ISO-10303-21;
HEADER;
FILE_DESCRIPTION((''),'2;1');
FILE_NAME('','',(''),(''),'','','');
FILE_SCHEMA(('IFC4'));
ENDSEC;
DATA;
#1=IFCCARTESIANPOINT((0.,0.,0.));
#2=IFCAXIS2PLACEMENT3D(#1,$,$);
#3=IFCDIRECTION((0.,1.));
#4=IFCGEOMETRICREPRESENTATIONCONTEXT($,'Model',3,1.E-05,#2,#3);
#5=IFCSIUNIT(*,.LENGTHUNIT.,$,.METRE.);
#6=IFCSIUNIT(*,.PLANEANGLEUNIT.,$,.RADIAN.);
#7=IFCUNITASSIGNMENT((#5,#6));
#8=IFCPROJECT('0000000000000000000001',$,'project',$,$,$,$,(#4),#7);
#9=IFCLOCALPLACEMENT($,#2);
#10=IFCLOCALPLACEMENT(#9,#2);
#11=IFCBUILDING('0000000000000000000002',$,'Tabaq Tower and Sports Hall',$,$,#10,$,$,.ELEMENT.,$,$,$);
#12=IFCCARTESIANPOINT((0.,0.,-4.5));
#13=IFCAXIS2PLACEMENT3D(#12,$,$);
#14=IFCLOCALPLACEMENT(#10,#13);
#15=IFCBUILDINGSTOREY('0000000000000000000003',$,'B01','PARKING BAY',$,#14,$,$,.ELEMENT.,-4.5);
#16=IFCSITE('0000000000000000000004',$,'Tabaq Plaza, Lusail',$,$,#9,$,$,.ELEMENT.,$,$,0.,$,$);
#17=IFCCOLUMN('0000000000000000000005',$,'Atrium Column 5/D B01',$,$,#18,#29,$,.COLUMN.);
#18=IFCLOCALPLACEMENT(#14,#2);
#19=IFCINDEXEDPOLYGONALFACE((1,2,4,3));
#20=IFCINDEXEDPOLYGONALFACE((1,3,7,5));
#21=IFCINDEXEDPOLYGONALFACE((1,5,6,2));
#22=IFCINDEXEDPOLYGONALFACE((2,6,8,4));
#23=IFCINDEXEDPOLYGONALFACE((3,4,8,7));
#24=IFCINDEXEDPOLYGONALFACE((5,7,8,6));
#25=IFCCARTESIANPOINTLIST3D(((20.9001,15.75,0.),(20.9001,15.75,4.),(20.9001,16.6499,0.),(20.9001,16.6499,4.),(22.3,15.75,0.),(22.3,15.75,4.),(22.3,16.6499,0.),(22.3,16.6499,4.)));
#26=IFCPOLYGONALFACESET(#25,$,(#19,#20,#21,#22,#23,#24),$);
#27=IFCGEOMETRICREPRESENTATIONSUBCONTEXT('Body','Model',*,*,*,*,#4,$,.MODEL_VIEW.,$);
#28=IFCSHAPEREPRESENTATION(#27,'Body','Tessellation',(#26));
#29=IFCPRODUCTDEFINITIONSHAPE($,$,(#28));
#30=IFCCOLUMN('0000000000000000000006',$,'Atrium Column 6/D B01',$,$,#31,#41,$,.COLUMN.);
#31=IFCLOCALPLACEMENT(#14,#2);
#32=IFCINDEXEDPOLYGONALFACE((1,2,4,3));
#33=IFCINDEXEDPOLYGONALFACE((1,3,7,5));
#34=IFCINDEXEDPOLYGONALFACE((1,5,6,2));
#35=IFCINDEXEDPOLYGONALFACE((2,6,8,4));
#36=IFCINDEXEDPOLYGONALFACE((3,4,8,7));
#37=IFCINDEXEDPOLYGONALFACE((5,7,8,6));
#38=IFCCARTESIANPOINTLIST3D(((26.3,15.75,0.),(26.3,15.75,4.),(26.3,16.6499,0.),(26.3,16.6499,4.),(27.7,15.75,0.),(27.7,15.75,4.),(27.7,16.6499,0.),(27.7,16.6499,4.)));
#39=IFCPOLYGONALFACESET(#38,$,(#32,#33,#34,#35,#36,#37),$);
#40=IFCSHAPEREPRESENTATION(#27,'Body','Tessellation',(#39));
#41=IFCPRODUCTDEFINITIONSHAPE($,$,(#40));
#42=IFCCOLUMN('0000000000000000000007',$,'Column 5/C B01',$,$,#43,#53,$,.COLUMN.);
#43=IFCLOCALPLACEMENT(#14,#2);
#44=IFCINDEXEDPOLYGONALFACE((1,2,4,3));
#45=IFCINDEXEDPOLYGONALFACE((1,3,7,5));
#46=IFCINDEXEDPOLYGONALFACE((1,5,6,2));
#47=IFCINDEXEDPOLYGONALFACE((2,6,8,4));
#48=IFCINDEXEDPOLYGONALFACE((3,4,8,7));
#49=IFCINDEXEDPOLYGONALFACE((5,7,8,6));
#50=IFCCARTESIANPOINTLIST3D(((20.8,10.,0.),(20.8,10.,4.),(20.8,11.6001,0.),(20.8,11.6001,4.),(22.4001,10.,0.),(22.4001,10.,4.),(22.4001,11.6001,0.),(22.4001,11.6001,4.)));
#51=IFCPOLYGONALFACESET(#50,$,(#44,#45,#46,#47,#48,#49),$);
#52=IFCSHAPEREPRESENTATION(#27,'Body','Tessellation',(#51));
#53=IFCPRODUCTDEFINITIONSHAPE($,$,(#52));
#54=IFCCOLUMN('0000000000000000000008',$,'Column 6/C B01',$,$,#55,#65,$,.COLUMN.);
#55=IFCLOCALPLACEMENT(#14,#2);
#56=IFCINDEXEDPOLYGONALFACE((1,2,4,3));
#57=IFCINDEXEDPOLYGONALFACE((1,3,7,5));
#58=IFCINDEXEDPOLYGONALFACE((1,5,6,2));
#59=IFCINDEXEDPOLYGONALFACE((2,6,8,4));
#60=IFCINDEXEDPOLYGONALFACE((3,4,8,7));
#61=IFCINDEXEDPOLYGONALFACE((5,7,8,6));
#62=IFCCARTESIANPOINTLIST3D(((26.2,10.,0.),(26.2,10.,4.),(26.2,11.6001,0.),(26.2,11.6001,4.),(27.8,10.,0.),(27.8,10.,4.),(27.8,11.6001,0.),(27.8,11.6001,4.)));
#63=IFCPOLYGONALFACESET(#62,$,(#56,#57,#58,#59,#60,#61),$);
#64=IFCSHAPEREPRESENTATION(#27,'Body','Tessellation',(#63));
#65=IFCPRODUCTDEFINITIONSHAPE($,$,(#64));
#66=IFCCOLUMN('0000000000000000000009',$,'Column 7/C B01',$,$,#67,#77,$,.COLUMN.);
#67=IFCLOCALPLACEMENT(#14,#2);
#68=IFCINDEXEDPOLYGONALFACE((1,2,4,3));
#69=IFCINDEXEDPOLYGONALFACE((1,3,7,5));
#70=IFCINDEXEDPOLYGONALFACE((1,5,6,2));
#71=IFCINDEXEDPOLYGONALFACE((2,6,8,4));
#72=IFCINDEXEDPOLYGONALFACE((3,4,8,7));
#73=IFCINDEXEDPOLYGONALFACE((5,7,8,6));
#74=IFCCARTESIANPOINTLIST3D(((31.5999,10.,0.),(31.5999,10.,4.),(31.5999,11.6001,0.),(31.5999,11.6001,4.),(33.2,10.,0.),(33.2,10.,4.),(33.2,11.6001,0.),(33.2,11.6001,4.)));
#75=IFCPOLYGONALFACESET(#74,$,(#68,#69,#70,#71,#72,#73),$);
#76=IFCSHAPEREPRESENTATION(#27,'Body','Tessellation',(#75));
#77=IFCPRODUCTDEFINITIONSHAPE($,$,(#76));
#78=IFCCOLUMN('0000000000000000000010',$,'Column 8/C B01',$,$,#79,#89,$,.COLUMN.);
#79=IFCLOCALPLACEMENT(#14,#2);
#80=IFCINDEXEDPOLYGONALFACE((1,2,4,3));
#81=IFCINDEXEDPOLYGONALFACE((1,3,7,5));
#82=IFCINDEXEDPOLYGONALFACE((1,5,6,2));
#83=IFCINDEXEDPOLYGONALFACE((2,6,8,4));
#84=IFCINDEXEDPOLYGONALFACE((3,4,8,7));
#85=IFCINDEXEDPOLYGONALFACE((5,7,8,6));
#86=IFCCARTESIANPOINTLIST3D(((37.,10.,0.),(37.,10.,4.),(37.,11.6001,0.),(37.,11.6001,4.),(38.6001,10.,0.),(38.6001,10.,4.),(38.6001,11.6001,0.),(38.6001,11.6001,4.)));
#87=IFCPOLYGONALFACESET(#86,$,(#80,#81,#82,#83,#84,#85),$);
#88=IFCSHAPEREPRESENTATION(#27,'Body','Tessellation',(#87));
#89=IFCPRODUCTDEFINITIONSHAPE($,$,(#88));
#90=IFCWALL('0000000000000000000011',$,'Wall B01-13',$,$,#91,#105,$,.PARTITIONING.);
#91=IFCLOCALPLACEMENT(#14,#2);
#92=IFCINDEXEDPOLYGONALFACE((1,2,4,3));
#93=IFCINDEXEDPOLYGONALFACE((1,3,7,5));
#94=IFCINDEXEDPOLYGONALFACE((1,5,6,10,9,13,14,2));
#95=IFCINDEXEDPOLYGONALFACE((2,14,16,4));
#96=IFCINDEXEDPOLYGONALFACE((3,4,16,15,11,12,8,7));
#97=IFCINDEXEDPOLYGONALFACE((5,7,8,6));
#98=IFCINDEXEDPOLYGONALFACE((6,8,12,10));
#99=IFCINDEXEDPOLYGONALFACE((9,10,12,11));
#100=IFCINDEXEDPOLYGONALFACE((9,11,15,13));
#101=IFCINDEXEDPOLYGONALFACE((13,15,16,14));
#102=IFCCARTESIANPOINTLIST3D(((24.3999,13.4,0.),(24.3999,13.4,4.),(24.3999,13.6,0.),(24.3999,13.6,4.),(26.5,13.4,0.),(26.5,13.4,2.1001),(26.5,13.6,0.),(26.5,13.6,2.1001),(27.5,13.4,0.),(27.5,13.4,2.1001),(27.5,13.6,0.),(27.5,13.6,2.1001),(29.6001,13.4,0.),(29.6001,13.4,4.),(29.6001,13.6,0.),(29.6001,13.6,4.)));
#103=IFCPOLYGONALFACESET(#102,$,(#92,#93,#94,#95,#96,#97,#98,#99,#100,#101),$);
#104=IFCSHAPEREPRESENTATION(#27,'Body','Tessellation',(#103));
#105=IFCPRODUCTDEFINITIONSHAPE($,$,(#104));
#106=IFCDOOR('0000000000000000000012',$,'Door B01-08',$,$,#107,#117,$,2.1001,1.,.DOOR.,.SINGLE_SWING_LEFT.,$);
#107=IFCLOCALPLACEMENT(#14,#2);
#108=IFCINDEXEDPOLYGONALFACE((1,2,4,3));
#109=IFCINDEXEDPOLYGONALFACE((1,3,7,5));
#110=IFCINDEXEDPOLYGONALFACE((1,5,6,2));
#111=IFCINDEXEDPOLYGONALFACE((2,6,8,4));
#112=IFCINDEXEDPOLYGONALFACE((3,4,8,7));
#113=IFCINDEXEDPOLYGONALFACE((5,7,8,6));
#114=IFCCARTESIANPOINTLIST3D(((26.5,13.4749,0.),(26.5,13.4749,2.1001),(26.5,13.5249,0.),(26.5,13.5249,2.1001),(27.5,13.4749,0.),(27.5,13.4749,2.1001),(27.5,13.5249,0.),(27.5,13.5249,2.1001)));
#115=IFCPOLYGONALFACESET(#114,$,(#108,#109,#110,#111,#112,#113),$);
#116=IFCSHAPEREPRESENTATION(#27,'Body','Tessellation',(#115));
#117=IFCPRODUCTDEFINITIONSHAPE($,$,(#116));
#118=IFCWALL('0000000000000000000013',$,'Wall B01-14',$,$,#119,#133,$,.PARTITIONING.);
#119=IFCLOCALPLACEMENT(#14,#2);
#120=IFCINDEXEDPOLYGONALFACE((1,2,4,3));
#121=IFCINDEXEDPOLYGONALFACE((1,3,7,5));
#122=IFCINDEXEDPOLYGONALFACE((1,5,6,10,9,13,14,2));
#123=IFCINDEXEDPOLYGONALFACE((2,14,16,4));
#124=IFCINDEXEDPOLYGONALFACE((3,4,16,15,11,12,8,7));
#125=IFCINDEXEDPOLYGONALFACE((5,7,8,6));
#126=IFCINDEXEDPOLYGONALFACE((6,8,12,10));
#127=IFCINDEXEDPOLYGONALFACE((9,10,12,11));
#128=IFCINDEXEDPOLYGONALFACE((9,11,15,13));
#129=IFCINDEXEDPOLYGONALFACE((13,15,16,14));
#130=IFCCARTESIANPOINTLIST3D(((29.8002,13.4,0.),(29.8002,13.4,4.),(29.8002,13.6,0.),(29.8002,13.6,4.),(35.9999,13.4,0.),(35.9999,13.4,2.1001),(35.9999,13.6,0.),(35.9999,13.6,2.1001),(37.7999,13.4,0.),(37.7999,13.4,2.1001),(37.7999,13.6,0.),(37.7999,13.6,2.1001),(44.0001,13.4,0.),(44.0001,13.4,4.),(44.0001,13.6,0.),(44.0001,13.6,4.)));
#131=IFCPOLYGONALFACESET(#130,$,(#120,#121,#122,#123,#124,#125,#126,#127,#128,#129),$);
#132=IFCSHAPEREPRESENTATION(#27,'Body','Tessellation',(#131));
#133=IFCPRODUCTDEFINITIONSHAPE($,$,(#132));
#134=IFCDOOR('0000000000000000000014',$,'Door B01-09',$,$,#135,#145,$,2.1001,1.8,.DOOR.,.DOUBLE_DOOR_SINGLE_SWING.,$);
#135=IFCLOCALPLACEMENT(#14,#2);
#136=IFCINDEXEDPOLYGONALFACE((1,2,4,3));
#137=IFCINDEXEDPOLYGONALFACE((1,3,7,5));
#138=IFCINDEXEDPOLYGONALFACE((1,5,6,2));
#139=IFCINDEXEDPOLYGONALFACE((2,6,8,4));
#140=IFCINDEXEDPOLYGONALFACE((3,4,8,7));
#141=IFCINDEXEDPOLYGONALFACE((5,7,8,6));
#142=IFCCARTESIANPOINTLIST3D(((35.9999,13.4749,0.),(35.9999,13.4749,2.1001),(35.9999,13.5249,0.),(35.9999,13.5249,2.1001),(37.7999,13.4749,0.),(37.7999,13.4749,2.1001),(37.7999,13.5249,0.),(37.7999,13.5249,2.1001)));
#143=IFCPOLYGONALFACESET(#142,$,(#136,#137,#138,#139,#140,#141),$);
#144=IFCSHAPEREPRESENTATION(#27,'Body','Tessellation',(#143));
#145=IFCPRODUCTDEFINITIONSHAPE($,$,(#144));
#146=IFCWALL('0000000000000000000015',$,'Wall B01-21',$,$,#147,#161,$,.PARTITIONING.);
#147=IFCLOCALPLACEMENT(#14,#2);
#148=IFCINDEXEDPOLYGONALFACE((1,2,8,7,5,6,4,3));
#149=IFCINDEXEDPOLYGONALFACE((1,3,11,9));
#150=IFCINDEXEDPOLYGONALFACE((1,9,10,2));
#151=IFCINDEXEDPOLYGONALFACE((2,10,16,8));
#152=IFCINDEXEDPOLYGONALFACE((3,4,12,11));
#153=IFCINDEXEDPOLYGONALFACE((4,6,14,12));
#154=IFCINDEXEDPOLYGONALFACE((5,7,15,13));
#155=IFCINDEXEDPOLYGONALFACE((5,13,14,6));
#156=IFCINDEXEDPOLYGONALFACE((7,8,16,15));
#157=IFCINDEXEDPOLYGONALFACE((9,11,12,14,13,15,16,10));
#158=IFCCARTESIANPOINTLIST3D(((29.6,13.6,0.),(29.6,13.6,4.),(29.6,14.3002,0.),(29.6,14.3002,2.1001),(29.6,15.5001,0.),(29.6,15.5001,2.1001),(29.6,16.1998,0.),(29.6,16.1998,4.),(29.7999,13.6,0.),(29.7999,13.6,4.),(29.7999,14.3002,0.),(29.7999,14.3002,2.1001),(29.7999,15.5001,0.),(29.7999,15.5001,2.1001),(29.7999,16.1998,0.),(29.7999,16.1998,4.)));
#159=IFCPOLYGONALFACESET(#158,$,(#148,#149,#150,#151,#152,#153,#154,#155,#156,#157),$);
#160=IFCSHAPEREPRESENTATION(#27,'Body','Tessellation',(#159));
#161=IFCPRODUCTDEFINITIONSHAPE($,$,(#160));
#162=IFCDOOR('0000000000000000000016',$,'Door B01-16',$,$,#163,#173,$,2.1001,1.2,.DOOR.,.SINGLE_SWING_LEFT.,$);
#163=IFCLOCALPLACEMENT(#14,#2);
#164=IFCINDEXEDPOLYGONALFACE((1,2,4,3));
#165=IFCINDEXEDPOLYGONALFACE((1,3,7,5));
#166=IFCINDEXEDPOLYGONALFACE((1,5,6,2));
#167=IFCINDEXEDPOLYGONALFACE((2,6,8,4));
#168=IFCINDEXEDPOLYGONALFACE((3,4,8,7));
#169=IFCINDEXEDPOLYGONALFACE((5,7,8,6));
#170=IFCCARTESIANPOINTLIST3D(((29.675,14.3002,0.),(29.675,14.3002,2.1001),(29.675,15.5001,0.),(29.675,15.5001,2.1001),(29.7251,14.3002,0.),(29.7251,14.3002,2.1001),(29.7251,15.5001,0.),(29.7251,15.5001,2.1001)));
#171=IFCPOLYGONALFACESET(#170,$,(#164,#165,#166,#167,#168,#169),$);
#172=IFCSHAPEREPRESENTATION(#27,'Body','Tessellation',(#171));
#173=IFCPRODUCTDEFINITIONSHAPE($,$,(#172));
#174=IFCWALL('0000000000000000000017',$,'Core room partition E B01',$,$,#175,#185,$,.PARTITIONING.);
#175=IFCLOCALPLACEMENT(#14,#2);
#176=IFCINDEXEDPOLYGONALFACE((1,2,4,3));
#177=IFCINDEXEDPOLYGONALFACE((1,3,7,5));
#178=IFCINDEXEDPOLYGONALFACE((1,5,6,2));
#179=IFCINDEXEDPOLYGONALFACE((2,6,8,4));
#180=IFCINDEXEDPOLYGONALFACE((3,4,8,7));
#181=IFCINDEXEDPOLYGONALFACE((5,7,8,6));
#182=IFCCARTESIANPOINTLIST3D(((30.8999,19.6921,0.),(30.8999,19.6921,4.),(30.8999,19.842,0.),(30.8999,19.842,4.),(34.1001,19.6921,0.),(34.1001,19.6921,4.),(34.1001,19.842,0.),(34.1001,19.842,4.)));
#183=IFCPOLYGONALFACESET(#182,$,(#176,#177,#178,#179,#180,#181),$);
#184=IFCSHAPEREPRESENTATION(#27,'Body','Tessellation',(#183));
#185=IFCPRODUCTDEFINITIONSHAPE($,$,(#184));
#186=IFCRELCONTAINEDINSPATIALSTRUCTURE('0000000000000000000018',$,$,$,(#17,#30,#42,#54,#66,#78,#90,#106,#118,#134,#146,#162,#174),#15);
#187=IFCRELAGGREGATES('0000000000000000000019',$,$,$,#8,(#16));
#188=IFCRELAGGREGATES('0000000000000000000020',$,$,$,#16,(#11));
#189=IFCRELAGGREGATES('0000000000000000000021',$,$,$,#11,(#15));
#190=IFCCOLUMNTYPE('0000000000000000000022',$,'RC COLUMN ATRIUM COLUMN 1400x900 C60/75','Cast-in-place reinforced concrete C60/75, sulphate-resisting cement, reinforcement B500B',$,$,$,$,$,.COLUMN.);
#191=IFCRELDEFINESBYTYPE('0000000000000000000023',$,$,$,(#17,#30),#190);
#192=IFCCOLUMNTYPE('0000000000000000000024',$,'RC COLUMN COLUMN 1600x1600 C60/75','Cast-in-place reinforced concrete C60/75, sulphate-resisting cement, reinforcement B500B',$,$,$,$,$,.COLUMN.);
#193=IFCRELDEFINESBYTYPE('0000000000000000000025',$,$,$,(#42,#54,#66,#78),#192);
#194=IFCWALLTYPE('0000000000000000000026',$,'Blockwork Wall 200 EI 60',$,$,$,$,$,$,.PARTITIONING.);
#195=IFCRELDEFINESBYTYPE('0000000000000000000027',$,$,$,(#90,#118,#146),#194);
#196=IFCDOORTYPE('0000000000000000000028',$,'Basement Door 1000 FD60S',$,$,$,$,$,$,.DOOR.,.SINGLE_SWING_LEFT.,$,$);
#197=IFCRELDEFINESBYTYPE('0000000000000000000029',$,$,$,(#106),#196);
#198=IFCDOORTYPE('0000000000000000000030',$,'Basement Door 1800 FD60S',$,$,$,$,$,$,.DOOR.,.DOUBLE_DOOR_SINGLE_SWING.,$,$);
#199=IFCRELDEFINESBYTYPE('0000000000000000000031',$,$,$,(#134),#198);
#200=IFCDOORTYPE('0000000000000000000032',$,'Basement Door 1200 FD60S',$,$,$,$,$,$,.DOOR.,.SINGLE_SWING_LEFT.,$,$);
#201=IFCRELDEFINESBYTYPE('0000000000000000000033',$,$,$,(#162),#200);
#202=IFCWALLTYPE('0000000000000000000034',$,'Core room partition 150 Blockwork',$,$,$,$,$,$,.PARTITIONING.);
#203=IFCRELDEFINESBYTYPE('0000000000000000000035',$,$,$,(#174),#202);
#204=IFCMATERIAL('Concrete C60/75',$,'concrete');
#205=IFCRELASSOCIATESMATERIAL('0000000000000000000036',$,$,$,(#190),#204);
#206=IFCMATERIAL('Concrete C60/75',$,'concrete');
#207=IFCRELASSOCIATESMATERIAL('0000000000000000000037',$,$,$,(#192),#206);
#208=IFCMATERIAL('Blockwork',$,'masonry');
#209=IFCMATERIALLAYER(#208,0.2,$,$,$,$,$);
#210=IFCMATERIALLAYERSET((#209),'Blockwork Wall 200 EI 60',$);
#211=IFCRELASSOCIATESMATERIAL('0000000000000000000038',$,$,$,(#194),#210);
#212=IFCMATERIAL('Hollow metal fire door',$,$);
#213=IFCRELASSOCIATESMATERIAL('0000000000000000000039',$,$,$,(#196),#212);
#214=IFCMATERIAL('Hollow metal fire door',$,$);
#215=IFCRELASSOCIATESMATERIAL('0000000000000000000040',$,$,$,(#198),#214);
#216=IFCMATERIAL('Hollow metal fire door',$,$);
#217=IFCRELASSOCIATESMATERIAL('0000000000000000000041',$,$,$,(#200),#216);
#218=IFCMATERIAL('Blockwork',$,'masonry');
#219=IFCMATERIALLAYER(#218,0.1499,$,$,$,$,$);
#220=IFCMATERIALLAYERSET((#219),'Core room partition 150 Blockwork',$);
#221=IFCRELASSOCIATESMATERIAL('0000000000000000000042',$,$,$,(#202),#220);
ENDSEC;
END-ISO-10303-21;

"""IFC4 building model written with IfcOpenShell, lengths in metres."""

from ifc_helpers import new_model, si_unit, direction, frame, frame_2d, origin, origin_2d, place, context, subcontext, project, spatial, rectangle, extrude, material, layer, layer_set, material_profile, profile_set, type_object, element, fill, save


model = new_model("IFC4")

# Units and contexts
model_context = context("Model", 3, precision=1e-05, world=origin(), true_north=direction((0.0, 1.0)))
body_context = subcontext(model_context, "Body", "Model", "MODEL_VIEW")
ifc_project = project(units=[si_unit("LENGTHUNIT", "METRE"), si_unit("PLANEANGLEUNIT", "RADIAN")], contexts=[model_context])

# Site, building, storey
site_placement = place(None, origin())
site = spatial("IfcSite", under=ifc_project, at=site_placement, Name="Tabaq Plaza, Lusail", CompositionType="ELEMENT", RefElevation=0.0)
building_placement = place(site_placement, origin())
building = spatial("IfcBuilding", under=site, at=building_placement, Name="Tabaq Tower and Sports Hall", CompositionType="ELEMENT")
storey_placement = place(building_placement, frame((0.0, 0.0, -4.5)))
storey = spatial("IfcBuildingStorey", under=building, at=storey_placement, Name="B01", Description="PARKING BAY", CompositionType="ELEMENT", Elevation=-4.5)

# Columns
ifc_material_1 = material(Name="Concrete C60/75", Category="concrete")
ifc_material_profile_1 = material_profile(ifc_material_1, rectangle(XDim=1.3999, YDim=0.8999, at=origin_2d()), Name="ATRIUM COLUMN 1400x900")
ifc_profile_set_1 = profile_set([ifc_material_profile_1], Name="Concrete C60/75")
column_type_1 = type_object("IfcColumnType", Name="RC COLUMN ATRIUM COLUMN 1400x900 C60/75", Description="Cast-in-place reinforced concrete C60/75, sulphate-resisting cement, reinforcement B500B", PredefinedType="COLUMN", material=ifc_profile_set_1)
for number, where, z_axis, x_axis, name in (
    (1, (21.6001, 16.2, 0.0), (0.0, 0.0, 1.0), (1.0, 0.0, 0.0), "Atrium Column 5/D B01"),
    (2, (27.0, 16.2, 0.0), (0.0, 0.0, 1.0), (1.0, 0.0, 0.0), "Atrium Column 6/D B01"),
):
    element("IfcColumn", number, at=place(storey_placement, frame(where, z_axis=z_axis, x_axis=x_axis)), inside=storey, type_object=column_type_1, Name=name, PredefinedType="COLUMN", context=body_context, shape_type="SweptSolid", body=[
        extrude(rectangle(XDim=1.3999, YDim=0.8999, at=origin_2d()), origin(), (0.0, 0.0, 1.0), 4.0),
    ])
ifc_material_2 = material(Name="Concrete C60/75", Category="concrete")
ifc_material_profile_2 = material_profile(ifc_material_2, rectangle(XDim=1.6001, YDim=1.6001, at=origin_2d()), Name="COLUMN 1600x1600")
ifc_profile_set_2 = profile_set([ifc_material_profile_2], Name="Concrete C60/75")
column_type_2 = type_object("IfcColumnType", Name="RC COLUMN COLUMN 1600x1600 C60/75", Description="Cast-in-place reinforced concrete C60/75, sulphate-resisting cement, reinforcement B500B", PredefinedType="COLUMN", material=ifc_profile_set_2)
for number, where, z_axis, x_axis, name in (
    (3, (21.6001, 10.8, 0.0), (0.0, 0.0, 1.0), (1.0, 0.0, 0.0), "Column 5/C B01"),
    (4, (27.0, 10.8, 0.0), (0.0, 0.0, 1.0), (1.0, 0.0, 0.0), "Column 6/C B01"),
    (5, (32.3999, 10.8, 0.0), (0.0, 0.0, 1.0), (1.0, 0.0, 0.0), "Column 7/C B01"),
    (6, (37.8, 10.8, 0.0), (0.0, 0.0, 1.0), (1.0, 0.0, 0.0), "Column 8/C B01"),
):
    element("IfcColumn", number, at=place(storey_placement, frame(where, z_axis=z_axis, x_axis=x_axis)), inside=storey, type_object=column_type_2, Name=name, PredefinedType="COLUMN", context=body_context, shape_type="SweptSolid", body=[
        extrude(rectangle(XDim=1.6001, YDim=1.6001, at=origin_2d()), origin(), (0.0, 0.0, 1.0), 4.0),
    ])

# Walls, openings, doors
ifc_material_3 = material(Name="Blockwork", Category="masonry")
ifc_layer_1 = layer(ifc_material_3, 0.2)
ifc_layer_set_1 = layer_set([ifc_layer_1], Name="Blockwork Wall 200 EI 60")
wall_type_1 = type_object("IfcWallType", Name="Blockwork Wall 200 EI 60", PredefinedType="PARTITIONING", material=ifc_layer_set_1)
wall_1_placement = place(storey_placement, frame((24.3999, 13.5, 0.0), z_axis=(0.0, 0.0, 1.0), x_axis=(1.0, 0.0, 0.0)))
wall_1 = element("IfcWall", 7, at=wall_1_placement, inside=storey, type_object=wall_type_1, Name="Wall B01-13", PredefinedType="PARTITIONING", context=body_context, shape_type="SweptSolid", body=[
    extrude(rectangle(XDim=5.2002, YDim=0.2, at=frame_2d((2.6001, 0.0))), origin(), (0.0, 0.0, 1.0), 4.0),
])
opening_1_placement = place(wall_1_placement, frame((2.1001, 0.0, 0.0)))
opening_1 = element("IfcOpeningElement", 8, at=opening_1_placement, cuts=wall_1, PredefinedType="OPENING", context=body_context, shape_type="SweptSolid", body=[
    extrude(rectangle(XDim=1.0, YDim=2.1001, at=frame_2d((0.5, 1.05))), frame((0.0, 0.1099, 0.0), z_axis=(0.0, -1.0, 0.0), x_axis=(1.0, 0.0, 0.0)), (0.0, 0.0, 1.0), 0.22),
])
ifc_material_4 = material(Name="Hollow metal fire door")
door_type_1 = type_object("IfcDoorType", Name="Basement Door 1000 FD60S", OperationType="SINGLE_SWING_LEFT", PredefinedType="DOOR", material=ifc_material_4)
door_1_placement = place(opening_1_placement, origin())
door_1 = element("IfcDoor", 9, at=door_1_placement, inside=storey, type_object=door_type_1, Name="Door B01-08", OperationType="SINGLE_SWING_LEFT", OverallHeight=2.1001, OverallWidth=1.0, PredefinedType="DOOR", context=body_context, shape_type="SweptSolid", body=[
    extrude(rectangle(XDim=1.0, YDim=2.1001, at=frame_2d((0.5, 1.05))), frame((0.0, 0.0249, 0.0), z_axis=(0.0, -1.0, 0.0), x_axis=(1.0, 0.0, 0.0)), (0.0, 0.0, 1.0), 0.05),
])
fill(opening_1, door_1)
wall_2_placement = place(storey_placement, frame((29.8, 13.5, 0.0), z_axis=(0.0, 0.0, 1.0), x_axis=(1.0, 0.0, 0.0)))
wall_2 = element("IfcWall", 10, at=wall_2_placement, inside=storey, type_object=wall_type_1, Name="Wall B01-14", PredefinedType="PARTITIONING", context=body_context, shape_type="SweptSolid", body=[
    extrude(rectangle(XDim=14.2, YDim=0.2, at=frame_2d((7.1001, 0.0))), origin(), (0.0, 0.0, 1.0), 4.0),
])
opening_2_placement = place(wall_2_placement, frame((6.2, 0.0, 0.0)))
opening_2 = element("IfcOpeningElement", 11, at=opening_2_placement, cuts=wall_2, PredefinedType="OPENING", context=body_context, shape_type="SweptSolid", body=[
    extrude(rectangle(XDim=1.8, YDim=2.1001, at=frame_2d((0.8999, 1.05))), frame((0.0, 0.1099, 0.0), z_axis=(0.0, -1.0, 0.0), x_axis=(1.0, 0.0, 0.0)), (0.0, 0.0, 1.0), 0.22),
])
ifc_material_5 = material(Name="Hollow metal fire door")
door_type_2 = type_object("IfcDoorType", Name="Basement Door 1800 FD60S", OperationType="DOUBLE_DOOR_SINGLE_SWING", PredefinedType="DOOR", material=ifc_material_5)
door_2_placement = place(opening_2_placement, origin())
door_2 = element("IfcDoor", 12, at=door_2_placement, inside=storey, type_object=door_type_2, Name="Door B01-09", OperationType="DOUBLE_DOOR_SINGLE_SWING", OverallHeight=2.1001, OverallWidth=1.8, PredefinedType="DOOR", context=body_context, shape_type="SweptSolid", body=[
    extrude(rectangle(XDim=1.8, YDim=2.1001, at=frame_2d((0.8999, 1.05))), frame((0.0, 0.0249, 0.0), z_axis=(0.0, -1.0, 0.0), x_axis=(1.0, 0.0, 0.0)), (0.0, 0.0, 1.0), 0.05),
])
fill(opening_2, door_2)
wall_3_placement = place(storey_placement, frame((29.7, 13.6001, 0.0), z_axis=(0.0, 0.0, 1.0), x_axis=(0.0, 1.0, 0.0)))
wall_3 = element("IfcWall", 13, at=wall_3_placement, inside=storey, type_object=wall_type_1, Name="Wall B01-21", PredefinedType="PARTITIONING", context=body_context, shape_type="SweptSolid", body=[
    extrude(rectangle(XDim=2.5999, YDim=0.2, at=frame_2d((1.2998, 0.0))), origin(), (0.0, 0.0, 1.0), 4.0),
])
opening_3_placement = place(wall_3_placement, frame((0.7, 0.0, 0.0)))
opening_3 = element("IfcOpeningElement", 14, at=opening_3_placement, cuts=wall_3, PredefinedType="OPENING", context=body_context, shape_type="SweptSolid", body=[
    extrude(rectangle(XDim=1.2, YDim=2.1001, at=frame_2d((0.6001, 1.05))), frame((0.0, 0.1099, 0.0), z_axis=(0.0, -1.0, 0.0), x_axis=(1.0, 0.0, 0.0)), (0.0, 0.0, 1.0), 0.22),
])
ifc_material_6 = material(Name="Hollow metal fire door")
door_type_3 = type_object("IfcDoorType", Name="Basement Door 1200 FD60S", OperationType="SINGLE_SWING_LEFT", PredefinedType="DOOR", material=ifc_material_6)
door_3_placement = place(opening_3_placement, origin())
door_3 = element("IfcDoor", 15, at=door_3_placement, inside=storey, type_object=door_type_3, Name="Door B01-16", OperationType="SINGLE_SWING_LEFT", OverallHeight=2.1001, OverallWidth=1.2, PredefinedType="DOOR", context=body_context, shape_type="SweptSolid", body=[
    extrude(rectangle(XDim=1.2, YDim=2.1001, at=frame_2d((0.6001, 1.05))), frame((0.0, 0.0249, 0.0), z_axis=(0.0, -1.0, 0.0), x_axis=(1.0, 0.0, 0.0)), (0.0, 0.0, 1.0), 0.05),
])
fill(opening_3, door_3)

# Wall
ifc_material_7 = material(Name="Blockwork", Category="masonry")
ifc_layer_2 = layer(ifc_material_7, 0.1499)
ifc_layer_set_2 = layer_set([ifc_layer_2], Name="Core room partition 150 Blockwork")
wall_type_2 = type_object("IfcWallType", Name="Core room partition 150 Blockwork", PredefinedType="PARTITIONING", material=ifc_layer_set_2)
wall_4_placement = place(storey_placement, frame((30.8999, 19.7671, 0.0), z_axis=(0.0, 0.0, 1.0), x_axis=(1.0, 0.0, 0.0)))
element("IfcWall", 16, at=wall_4_placement, inside=storey, type_object=wall_type_2, Name="Core room partition E B01", PredefinedType="PARTITIONING", context=body_context, shape_type="SweptSolid", body=[
    extrude(rectangle(XDim=3.2002, YDim=0.1499, at=frame_2d((1.6001, 0.0))), origin(), (0.0, 0.0, 1.0), 4.0),
])

save(model, "model.ifc")
